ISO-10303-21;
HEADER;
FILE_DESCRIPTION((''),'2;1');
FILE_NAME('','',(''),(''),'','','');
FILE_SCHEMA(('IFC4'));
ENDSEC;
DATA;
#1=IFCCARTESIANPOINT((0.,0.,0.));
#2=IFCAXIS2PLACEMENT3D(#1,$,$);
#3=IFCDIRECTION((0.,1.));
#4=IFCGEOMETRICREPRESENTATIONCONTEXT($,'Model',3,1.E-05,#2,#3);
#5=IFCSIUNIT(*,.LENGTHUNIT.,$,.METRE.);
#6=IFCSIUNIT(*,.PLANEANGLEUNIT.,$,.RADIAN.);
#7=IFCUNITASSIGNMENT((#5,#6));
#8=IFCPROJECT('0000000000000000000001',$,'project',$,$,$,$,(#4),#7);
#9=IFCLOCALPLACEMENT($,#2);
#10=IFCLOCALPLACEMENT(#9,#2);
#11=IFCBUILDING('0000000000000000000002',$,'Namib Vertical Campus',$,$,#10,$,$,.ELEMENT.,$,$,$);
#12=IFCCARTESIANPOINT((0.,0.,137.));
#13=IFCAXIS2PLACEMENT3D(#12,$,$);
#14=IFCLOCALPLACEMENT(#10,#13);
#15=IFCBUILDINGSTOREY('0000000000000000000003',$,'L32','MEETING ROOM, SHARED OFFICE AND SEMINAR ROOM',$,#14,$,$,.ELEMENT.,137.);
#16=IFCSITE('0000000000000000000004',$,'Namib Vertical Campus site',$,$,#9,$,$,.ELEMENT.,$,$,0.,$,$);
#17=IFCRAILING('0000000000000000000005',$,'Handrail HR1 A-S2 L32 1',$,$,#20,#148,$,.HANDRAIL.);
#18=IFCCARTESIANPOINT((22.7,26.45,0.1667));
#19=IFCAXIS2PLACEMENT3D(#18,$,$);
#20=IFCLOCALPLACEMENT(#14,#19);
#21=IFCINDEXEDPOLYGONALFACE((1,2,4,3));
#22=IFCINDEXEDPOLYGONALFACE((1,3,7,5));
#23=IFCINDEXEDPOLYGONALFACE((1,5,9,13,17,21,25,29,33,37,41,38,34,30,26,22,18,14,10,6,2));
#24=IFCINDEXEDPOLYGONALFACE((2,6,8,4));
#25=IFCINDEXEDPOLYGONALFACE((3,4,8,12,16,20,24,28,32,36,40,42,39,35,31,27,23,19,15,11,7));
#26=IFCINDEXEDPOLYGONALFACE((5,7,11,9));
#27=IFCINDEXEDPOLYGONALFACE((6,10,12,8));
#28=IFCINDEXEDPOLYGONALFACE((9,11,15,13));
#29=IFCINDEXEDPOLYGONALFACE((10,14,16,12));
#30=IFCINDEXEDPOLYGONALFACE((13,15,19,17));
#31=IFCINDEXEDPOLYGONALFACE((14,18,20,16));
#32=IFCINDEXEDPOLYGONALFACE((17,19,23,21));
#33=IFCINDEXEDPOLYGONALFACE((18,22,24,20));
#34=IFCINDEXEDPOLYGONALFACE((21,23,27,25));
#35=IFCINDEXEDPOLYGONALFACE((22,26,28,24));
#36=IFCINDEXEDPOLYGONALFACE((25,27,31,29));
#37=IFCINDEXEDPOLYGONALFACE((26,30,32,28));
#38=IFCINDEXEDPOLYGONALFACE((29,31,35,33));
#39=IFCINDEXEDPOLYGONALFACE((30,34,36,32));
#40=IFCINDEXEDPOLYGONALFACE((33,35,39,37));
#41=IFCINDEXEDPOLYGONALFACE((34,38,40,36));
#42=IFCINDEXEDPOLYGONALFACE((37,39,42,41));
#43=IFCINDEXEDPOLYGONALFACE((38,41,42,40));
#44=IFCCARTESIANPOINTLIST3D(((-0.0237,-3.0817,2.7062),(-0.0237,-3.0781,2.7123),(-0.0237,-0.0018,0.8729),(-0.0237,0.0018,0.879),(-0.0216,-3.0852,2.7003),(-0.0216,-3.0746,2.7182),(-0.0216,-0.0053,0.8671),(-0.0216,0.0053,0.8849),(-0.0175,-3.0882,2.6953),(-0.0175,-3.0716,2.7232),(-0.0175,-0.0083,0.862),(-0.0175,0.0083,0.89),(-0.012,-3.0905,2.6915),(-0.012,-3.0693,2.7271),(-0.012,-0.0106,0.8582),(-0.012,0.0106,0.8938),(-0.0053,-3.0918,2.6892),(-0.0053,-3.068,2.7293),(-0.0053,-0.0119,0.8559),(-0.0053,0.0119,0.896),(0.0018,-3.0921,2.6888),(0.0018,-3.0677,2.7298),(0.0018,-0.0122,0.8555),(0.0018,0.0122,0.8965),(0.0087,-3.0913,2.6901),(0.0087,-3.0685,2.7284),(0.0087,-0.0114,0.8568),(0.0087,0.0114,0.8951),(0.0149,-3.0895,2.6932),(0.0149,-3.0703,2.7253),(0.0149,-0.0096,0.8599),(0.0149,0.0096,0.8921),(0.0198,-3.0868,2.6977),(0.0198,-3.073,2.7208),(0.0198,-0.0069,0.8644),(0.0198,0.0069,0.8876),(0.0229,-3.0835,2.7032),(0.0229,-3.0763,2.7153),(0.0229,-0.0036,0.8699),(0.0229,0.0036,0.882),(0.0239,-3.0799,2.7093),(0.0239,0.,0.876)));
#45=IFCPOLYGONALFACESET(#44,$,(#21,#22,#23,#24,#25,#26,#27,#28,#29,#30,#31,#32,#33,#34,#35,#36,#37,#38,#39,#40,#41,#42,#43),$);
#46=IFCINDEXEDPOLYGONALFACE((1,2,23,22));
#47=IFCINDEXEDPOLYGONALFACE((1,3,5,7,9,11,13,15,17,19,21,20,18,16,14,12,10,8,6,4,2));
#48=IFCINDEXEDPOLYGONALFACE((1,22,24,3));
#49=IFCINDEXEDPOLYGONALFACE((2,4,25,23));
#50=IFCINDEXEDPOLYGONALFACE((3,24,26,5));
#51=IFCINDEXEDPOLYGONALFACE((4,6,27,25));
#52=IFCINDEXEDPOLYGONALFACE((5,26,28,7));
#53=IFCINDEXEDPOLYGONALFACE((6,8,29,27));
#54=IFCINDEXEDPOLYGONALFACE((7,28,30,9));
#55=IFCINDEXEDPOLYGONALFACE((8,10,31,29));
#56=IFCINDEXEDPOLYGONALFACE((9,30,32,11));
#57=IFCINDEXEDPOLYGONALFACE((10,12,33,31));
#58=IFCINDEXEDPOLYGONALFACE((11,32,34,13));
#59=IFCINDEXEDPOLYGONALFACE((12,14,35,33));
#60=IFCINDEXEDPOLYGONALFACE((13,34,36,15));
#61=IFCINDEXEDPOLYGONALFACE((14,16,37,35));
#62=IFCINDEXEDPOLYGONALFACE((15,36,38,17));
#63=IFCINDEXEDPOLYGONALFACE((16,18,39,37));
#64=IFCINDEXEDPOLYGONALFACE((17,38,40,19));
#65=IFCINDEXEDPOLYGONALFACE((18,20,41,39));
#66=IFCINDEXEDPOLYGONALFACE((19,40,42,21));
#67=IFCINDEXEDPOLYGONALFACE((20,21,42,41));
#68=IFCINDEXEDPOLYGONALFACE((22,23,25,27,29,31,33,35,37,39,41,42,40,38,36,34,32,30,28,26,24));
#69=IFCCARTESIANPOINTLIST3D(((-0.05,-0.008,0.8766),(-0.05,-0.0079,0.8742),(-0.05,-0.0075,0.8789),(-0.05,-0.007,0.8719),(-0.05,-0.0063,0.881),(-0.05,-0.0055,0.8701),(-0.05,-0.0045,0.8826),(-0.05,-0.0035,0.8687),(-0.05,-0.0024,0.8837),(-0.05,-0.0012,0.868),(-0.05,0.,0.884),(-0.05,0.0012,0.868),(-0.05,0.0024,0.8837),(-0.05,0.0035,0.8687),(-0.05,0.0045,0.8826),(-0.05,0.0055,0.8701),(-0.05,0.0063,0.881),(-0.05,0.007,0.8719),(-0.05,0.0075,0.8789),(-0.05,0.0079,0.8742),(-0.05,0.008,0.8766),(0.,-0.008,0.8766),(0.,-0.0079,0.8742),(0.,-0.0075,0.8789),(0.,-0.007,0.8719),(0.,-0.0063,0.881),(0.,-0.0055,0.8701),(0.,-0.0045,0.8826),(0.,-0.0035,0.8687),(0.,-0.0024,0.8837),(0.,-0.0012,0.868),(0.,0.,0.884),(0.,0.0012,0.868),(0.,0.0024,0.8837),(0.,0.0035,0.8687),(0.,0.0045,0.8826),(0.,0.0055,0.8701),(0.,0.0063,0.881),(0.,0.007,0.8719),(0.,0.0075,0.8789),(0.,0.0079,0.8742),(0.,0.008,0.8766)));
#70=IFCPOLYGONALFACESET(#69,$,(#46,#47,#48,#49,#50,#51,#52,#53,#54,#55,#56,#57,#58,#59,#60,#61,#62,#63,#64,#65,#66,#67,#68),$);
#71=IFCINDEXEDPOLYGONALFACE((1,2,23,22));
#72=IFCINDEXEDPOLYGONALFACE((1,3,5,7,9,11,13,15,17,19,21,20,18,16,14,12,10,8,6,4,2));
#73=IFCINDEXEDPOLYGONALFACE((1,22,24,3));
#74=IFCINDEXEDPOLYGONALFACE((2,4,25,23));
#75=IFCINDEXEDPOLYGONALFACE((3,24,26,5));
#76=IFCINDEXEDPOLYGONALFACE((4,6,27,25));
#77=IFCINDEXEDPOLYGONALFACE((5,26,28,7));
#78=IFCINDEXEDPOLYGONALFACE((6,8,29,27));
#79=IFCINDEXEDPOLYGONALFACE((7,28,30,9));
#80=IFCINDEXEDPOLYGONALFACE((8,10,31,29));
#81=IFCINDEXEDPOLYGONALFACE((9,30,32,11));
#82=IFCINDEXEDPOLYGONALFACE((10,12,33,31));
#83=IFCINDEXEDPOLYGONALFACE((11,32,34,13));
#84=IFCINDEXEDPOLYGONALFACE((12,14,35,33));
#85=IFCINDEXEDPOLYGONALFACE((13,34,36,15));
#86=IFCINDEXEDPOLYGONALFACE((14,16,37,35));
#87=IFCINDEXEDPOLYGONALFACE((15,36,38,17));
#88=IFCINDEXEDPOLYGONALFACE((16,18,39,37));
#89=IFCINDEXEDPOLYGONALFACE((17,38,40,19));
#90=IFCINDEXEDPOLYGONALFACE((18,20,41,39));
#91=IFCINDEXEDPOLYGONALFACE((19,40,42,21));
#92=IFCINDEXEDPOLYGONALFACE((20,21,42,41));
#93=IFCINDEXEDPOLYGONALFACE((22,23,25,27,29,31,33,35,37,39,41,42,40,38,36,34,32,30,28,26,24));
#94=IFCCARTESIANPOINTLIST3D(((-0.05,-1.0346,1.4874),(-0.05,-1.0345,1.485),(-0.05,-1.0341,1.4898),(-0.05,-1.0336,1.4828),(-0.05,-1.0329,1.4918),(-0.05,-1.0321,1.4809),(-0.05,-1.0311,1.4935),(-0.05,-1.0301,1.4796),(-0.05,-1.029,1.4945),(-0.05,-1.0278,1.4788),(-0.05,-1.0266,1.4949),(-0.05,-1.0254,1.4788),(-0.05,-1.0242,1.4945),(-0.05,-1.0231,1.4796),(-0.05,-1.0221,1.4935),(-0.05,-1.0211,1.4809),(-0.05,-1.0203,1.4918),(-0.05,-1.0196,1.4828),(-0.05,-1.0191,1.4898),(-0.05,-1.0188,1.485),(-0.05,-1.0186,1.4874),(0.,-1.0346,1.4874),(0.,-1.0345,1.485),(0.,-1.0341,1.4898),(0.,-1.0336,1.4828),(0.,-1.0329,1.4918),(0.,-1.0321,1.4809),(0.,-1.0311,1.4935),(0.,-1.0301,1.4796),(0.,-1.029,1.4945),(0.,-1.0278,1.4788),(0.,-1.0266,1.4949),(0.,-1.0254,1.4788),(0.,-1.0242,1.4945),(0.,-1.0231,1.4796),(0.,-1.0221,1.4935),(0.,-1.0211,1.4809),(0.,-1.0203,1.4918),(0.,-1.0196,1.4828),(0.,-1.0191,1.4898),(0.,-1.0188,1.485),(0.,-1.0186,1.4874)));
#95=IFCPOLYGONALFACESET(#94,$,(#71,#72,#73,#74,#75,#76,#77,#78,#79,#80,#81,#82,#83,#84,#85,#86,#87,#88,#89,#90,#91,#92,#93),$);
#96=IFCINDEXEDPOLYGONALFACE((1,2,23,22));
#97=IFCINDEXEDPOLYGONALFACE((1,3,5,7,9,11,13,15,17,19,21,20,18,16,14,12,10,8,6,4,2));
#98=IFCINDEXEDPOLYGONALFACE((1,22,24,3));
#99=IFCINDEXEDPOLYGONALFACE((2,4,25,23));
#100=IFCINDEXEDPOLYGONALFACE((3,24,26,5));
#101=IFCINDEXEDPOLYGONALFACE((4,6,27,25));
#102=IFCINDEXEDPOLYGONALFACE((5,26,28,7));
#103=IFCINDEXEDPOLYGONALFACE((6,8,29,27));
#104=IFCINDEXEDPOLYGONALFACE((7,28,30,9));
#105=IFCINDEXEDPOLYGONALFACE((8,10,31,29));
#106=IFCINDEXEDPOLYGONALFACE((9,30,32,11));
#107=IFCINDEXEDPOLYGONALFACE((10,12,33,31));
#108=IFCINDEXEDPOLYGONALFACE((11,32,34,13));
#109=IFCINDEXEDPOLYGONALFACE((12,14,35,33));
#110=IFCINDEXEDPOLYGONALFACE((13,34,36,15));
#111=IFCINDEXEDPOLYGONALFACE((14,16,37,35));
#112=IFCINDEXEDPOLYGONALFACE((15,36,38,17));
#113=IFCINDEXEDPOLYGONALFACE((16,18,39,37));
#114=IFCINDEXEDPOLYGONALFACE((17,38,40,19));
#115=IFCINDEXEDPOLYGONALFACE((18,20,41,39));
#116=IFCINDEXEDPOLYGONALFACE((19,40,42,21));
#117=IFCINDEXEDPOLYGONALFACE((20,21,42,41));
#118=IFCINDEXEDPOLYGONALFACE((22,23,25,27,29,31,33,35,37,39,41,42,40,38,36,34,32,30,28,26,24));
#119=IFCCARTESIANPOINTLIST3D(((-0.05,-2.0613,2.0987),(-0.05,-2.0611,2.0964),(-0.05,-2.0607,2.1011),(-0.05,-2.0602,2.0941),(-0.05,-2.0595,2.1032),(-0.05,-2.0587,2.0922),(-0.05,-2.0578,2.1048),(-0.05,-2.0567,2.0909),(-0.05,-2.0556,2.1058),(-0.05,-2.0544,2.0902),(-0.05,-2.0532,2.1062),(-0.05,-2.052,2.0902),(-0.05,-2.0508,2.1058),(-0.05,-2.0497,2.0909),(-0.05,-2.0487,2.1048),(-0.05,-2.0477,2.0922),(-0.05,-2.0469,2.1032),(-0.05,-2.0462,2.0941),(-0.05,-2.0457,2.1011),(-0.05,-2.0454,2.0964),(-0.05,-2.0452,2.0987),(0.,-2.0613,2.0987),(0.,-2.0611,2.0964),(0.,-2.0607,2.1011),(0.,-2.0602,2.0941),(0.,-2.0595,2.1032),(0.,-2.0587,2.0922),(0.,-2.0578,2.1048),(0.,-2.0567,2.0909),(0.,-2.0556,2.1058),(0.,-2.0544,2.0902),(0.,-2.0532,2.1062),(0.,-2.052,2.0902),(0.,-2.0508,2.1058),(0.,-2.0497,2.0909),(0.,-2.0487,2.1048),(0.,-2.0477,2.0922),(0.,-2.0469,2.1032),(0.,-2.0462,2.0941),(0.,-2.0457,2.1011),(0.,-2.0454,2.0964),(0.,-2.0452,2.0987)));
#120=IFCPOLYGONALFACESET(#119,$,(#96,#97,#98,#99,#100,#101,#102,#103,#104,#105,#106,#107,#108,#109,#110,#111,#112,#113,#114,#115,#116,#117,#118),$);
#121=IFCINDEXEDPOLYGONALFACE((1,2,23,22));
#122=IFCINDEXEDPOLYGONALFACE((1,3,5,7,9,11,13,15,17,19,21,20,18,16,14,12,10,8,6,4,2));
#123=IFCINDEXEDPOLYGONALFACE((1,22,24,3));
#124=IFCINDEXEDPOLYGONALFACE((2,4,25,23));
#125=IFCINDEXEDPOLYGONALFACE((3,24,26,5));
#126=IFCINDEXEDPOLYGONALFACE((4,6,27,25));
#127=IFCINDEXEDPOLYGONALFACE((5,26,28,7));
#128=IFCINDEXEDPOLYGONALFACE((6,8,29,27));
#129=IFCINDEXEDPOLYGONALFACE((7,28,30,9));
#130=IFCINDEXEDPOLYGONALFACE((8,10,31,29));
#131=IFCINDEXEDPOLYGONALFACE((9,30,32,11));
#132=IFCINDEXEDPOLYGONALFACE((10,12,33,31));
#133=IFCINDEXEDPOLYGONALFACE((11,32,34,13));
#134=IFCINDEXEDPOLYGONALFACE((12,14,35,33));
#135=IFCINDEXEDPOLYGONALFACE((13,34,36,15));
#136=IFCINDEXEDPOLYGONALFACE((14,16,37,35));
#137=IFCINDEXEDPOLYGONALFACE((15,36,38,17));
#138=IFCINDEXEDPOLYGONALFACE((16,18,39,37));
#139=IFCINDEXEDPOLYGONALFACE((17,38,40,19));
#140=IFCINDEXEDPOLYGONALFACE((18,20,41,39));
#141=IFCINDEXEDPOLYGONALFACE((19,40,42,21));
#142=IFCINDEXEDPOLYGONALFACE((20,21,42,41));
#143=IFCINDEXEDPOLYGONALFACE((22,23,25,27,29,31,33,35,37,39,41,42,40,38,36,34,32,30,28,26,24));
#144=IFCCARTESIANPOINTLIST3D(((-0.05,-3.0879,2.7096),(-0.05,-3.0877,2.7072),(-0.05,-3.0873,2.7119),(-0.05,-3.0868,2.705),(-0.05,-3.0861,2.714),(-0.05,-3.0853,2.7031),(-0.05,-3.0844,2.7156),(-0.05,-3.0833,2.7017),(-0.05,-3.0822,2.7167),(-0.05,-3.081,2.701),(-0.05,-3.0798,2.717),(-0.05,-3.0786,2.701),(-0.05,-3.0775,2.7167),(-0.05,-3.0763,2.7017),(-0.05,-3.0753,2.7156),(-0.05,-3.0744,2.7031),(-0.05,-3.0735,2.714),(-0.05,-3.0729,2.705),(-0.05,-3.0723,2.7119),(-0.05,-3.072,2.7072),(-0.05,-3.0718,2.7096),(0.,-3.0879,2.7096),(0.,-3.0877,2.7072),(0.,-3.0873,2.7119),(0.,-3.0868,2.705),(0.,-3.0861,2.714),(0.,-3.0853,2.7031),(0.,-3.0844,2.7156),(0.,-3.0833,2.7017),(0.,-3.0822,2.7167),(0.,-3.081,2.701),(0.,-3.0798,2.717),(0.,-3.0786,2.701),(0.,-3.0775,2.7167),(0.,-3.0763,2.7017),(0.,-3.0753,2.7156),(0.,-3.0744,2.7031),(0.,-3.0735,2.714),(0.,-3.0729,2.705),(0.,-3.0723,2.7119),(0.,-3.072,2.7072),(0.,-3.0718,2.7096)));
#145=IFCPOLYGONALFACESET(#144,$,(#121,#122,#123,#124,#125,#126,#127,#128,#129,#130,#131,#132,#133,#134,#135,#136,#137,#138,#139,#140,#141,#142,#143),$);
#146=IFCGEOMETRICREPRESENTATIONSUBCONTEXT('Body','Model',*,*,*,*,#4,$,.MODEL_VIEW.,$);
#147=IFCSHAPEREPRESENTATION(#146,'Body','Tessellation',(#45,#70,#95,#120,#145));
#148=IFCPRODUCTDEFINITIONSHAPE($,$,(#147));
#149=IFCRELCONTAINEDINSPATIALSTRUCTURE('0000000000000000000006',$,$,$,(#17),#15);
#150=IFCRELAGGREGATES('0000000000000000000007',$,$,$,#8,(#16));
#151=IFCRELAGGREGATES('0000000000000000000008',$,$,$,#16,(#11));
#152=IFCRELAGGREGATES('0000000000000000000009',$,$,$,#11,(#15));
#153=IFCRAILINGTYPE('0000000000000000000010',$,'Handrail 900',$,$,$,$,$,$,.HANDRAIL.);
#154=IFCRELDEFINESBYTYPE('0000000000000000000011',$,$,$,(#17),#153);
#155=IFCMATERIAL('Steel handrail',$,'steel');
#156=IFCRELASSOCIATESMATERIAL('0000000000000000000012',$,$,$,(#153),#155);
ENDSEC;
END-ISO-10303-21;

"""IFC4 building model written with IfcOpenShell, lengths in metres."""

from ifc_helpers import new_model, si_unit, direction, frame, origin, origin_2d, place, context, subcontext, project, spatial, circle, extrude, material, type_object, element, save


model = new_model("IFC4")

# Units and contexts
model_context = context("Model", 3, precision=1e-05, world=origin(), true_north=direction((0.0, 1.0)))
body_context = subcontext(model_context, "Body", "Model", "MODEL_VIEW")
ifc_project = project(units=[si_unit("LENGTHUNIT", "METRE"), si_unit("PLANEANGLEUNIT", "RADIAN")], contexts=[model_context])

# Site, building, storey
site_placement = place(None, origin())
site = spatial("IfcSite", under=ifc_project, at=site_placement, Name="Namib Vertical Campus site", CompositionType="ELEMENT", RefElevation=0.0)
building_placement = place(site_placement, origin())
building = spatial("IfcBuilding", under=site, at=building_placement, Name="Namib Vertical Campus", CompositionType="ELEMENT")
storey_placement = place(building_placement, frame((0.0, 0.0, 137.0)))
storey = spatial("IfcBuildingStorey", under=building, at=storey_placement, Name="L32", Description="MEETING ROOM, SHARED OFFICE AND SEMINAR ROOM", CompositionType="ELEMENT", Elevation=137.0)

# Railing
ifc_material_1 = material(Name="Steel handrail", Category="steel")
railing_type_1 = type_object("IfcRailingType", Name="Handrail 900", PredefinedType="HANDRAIL", material=ifc_material_1)
railing_1_placement = place(storey_placement, frame((22.7, 26.45, 0.1667)))
element("IfcRailing", 1, at=railing_1_placement, inside=storey, type_object=railing_type_1, Name="Handrail HR1 A-S2 L32 1", PredefinedType="HANDRAIL", context=body_context, shape_type="SweptSolid", body=[
    extrude(circle(Radius=0.0239, at=origin_2d()), frame((0.0, 0.0, 0.876), z_axis=(0.0, -0.859291, 0.511487), x_axis=(1.0, 0.0, 0.0)), (0.0, 0.0, 1.0), 3.5842),
    extrude(circle(Radius=0.0081, at=origin_2d()), frame((0.0, 0.0, 0.876), z_axis=(-1.0, 0.0, 0.0), x_axis=(0.0, 0.0, 1.0)), (0.0, 0.0, 1.0), 0.05),
    extrude(circle(Radius=0.0081, at=origin_2d()), frame((0.0, -1.0266, 1.4868), z_axis=(-1.0, 0.0, 0.0), x_axis=(0.0, 0.0, 1.0)), (0.0, 0.0, 1.0), 0.05),
    extrude(circle(Radius=0.0081, at=origin_2d()), frame((0.0, -2.0532, 2.0981), z_axis=(-1.0, 0.0, 0.0), x_axis=(0.0, 0.0, 1.0)), (0.0, 0.0, 1.0), 0.05),
    extrude(circle(Radius=0.0081, at=origin_2d()), frame((0.0, -3.0798, 2.709), z_axis=(-1.0, 0.0, 0.0), x_axis=(0.0, 0.0, 1.0)), (0.0, 0.0, 1.0), 0.05),
])

save(model, "model.ifc")
